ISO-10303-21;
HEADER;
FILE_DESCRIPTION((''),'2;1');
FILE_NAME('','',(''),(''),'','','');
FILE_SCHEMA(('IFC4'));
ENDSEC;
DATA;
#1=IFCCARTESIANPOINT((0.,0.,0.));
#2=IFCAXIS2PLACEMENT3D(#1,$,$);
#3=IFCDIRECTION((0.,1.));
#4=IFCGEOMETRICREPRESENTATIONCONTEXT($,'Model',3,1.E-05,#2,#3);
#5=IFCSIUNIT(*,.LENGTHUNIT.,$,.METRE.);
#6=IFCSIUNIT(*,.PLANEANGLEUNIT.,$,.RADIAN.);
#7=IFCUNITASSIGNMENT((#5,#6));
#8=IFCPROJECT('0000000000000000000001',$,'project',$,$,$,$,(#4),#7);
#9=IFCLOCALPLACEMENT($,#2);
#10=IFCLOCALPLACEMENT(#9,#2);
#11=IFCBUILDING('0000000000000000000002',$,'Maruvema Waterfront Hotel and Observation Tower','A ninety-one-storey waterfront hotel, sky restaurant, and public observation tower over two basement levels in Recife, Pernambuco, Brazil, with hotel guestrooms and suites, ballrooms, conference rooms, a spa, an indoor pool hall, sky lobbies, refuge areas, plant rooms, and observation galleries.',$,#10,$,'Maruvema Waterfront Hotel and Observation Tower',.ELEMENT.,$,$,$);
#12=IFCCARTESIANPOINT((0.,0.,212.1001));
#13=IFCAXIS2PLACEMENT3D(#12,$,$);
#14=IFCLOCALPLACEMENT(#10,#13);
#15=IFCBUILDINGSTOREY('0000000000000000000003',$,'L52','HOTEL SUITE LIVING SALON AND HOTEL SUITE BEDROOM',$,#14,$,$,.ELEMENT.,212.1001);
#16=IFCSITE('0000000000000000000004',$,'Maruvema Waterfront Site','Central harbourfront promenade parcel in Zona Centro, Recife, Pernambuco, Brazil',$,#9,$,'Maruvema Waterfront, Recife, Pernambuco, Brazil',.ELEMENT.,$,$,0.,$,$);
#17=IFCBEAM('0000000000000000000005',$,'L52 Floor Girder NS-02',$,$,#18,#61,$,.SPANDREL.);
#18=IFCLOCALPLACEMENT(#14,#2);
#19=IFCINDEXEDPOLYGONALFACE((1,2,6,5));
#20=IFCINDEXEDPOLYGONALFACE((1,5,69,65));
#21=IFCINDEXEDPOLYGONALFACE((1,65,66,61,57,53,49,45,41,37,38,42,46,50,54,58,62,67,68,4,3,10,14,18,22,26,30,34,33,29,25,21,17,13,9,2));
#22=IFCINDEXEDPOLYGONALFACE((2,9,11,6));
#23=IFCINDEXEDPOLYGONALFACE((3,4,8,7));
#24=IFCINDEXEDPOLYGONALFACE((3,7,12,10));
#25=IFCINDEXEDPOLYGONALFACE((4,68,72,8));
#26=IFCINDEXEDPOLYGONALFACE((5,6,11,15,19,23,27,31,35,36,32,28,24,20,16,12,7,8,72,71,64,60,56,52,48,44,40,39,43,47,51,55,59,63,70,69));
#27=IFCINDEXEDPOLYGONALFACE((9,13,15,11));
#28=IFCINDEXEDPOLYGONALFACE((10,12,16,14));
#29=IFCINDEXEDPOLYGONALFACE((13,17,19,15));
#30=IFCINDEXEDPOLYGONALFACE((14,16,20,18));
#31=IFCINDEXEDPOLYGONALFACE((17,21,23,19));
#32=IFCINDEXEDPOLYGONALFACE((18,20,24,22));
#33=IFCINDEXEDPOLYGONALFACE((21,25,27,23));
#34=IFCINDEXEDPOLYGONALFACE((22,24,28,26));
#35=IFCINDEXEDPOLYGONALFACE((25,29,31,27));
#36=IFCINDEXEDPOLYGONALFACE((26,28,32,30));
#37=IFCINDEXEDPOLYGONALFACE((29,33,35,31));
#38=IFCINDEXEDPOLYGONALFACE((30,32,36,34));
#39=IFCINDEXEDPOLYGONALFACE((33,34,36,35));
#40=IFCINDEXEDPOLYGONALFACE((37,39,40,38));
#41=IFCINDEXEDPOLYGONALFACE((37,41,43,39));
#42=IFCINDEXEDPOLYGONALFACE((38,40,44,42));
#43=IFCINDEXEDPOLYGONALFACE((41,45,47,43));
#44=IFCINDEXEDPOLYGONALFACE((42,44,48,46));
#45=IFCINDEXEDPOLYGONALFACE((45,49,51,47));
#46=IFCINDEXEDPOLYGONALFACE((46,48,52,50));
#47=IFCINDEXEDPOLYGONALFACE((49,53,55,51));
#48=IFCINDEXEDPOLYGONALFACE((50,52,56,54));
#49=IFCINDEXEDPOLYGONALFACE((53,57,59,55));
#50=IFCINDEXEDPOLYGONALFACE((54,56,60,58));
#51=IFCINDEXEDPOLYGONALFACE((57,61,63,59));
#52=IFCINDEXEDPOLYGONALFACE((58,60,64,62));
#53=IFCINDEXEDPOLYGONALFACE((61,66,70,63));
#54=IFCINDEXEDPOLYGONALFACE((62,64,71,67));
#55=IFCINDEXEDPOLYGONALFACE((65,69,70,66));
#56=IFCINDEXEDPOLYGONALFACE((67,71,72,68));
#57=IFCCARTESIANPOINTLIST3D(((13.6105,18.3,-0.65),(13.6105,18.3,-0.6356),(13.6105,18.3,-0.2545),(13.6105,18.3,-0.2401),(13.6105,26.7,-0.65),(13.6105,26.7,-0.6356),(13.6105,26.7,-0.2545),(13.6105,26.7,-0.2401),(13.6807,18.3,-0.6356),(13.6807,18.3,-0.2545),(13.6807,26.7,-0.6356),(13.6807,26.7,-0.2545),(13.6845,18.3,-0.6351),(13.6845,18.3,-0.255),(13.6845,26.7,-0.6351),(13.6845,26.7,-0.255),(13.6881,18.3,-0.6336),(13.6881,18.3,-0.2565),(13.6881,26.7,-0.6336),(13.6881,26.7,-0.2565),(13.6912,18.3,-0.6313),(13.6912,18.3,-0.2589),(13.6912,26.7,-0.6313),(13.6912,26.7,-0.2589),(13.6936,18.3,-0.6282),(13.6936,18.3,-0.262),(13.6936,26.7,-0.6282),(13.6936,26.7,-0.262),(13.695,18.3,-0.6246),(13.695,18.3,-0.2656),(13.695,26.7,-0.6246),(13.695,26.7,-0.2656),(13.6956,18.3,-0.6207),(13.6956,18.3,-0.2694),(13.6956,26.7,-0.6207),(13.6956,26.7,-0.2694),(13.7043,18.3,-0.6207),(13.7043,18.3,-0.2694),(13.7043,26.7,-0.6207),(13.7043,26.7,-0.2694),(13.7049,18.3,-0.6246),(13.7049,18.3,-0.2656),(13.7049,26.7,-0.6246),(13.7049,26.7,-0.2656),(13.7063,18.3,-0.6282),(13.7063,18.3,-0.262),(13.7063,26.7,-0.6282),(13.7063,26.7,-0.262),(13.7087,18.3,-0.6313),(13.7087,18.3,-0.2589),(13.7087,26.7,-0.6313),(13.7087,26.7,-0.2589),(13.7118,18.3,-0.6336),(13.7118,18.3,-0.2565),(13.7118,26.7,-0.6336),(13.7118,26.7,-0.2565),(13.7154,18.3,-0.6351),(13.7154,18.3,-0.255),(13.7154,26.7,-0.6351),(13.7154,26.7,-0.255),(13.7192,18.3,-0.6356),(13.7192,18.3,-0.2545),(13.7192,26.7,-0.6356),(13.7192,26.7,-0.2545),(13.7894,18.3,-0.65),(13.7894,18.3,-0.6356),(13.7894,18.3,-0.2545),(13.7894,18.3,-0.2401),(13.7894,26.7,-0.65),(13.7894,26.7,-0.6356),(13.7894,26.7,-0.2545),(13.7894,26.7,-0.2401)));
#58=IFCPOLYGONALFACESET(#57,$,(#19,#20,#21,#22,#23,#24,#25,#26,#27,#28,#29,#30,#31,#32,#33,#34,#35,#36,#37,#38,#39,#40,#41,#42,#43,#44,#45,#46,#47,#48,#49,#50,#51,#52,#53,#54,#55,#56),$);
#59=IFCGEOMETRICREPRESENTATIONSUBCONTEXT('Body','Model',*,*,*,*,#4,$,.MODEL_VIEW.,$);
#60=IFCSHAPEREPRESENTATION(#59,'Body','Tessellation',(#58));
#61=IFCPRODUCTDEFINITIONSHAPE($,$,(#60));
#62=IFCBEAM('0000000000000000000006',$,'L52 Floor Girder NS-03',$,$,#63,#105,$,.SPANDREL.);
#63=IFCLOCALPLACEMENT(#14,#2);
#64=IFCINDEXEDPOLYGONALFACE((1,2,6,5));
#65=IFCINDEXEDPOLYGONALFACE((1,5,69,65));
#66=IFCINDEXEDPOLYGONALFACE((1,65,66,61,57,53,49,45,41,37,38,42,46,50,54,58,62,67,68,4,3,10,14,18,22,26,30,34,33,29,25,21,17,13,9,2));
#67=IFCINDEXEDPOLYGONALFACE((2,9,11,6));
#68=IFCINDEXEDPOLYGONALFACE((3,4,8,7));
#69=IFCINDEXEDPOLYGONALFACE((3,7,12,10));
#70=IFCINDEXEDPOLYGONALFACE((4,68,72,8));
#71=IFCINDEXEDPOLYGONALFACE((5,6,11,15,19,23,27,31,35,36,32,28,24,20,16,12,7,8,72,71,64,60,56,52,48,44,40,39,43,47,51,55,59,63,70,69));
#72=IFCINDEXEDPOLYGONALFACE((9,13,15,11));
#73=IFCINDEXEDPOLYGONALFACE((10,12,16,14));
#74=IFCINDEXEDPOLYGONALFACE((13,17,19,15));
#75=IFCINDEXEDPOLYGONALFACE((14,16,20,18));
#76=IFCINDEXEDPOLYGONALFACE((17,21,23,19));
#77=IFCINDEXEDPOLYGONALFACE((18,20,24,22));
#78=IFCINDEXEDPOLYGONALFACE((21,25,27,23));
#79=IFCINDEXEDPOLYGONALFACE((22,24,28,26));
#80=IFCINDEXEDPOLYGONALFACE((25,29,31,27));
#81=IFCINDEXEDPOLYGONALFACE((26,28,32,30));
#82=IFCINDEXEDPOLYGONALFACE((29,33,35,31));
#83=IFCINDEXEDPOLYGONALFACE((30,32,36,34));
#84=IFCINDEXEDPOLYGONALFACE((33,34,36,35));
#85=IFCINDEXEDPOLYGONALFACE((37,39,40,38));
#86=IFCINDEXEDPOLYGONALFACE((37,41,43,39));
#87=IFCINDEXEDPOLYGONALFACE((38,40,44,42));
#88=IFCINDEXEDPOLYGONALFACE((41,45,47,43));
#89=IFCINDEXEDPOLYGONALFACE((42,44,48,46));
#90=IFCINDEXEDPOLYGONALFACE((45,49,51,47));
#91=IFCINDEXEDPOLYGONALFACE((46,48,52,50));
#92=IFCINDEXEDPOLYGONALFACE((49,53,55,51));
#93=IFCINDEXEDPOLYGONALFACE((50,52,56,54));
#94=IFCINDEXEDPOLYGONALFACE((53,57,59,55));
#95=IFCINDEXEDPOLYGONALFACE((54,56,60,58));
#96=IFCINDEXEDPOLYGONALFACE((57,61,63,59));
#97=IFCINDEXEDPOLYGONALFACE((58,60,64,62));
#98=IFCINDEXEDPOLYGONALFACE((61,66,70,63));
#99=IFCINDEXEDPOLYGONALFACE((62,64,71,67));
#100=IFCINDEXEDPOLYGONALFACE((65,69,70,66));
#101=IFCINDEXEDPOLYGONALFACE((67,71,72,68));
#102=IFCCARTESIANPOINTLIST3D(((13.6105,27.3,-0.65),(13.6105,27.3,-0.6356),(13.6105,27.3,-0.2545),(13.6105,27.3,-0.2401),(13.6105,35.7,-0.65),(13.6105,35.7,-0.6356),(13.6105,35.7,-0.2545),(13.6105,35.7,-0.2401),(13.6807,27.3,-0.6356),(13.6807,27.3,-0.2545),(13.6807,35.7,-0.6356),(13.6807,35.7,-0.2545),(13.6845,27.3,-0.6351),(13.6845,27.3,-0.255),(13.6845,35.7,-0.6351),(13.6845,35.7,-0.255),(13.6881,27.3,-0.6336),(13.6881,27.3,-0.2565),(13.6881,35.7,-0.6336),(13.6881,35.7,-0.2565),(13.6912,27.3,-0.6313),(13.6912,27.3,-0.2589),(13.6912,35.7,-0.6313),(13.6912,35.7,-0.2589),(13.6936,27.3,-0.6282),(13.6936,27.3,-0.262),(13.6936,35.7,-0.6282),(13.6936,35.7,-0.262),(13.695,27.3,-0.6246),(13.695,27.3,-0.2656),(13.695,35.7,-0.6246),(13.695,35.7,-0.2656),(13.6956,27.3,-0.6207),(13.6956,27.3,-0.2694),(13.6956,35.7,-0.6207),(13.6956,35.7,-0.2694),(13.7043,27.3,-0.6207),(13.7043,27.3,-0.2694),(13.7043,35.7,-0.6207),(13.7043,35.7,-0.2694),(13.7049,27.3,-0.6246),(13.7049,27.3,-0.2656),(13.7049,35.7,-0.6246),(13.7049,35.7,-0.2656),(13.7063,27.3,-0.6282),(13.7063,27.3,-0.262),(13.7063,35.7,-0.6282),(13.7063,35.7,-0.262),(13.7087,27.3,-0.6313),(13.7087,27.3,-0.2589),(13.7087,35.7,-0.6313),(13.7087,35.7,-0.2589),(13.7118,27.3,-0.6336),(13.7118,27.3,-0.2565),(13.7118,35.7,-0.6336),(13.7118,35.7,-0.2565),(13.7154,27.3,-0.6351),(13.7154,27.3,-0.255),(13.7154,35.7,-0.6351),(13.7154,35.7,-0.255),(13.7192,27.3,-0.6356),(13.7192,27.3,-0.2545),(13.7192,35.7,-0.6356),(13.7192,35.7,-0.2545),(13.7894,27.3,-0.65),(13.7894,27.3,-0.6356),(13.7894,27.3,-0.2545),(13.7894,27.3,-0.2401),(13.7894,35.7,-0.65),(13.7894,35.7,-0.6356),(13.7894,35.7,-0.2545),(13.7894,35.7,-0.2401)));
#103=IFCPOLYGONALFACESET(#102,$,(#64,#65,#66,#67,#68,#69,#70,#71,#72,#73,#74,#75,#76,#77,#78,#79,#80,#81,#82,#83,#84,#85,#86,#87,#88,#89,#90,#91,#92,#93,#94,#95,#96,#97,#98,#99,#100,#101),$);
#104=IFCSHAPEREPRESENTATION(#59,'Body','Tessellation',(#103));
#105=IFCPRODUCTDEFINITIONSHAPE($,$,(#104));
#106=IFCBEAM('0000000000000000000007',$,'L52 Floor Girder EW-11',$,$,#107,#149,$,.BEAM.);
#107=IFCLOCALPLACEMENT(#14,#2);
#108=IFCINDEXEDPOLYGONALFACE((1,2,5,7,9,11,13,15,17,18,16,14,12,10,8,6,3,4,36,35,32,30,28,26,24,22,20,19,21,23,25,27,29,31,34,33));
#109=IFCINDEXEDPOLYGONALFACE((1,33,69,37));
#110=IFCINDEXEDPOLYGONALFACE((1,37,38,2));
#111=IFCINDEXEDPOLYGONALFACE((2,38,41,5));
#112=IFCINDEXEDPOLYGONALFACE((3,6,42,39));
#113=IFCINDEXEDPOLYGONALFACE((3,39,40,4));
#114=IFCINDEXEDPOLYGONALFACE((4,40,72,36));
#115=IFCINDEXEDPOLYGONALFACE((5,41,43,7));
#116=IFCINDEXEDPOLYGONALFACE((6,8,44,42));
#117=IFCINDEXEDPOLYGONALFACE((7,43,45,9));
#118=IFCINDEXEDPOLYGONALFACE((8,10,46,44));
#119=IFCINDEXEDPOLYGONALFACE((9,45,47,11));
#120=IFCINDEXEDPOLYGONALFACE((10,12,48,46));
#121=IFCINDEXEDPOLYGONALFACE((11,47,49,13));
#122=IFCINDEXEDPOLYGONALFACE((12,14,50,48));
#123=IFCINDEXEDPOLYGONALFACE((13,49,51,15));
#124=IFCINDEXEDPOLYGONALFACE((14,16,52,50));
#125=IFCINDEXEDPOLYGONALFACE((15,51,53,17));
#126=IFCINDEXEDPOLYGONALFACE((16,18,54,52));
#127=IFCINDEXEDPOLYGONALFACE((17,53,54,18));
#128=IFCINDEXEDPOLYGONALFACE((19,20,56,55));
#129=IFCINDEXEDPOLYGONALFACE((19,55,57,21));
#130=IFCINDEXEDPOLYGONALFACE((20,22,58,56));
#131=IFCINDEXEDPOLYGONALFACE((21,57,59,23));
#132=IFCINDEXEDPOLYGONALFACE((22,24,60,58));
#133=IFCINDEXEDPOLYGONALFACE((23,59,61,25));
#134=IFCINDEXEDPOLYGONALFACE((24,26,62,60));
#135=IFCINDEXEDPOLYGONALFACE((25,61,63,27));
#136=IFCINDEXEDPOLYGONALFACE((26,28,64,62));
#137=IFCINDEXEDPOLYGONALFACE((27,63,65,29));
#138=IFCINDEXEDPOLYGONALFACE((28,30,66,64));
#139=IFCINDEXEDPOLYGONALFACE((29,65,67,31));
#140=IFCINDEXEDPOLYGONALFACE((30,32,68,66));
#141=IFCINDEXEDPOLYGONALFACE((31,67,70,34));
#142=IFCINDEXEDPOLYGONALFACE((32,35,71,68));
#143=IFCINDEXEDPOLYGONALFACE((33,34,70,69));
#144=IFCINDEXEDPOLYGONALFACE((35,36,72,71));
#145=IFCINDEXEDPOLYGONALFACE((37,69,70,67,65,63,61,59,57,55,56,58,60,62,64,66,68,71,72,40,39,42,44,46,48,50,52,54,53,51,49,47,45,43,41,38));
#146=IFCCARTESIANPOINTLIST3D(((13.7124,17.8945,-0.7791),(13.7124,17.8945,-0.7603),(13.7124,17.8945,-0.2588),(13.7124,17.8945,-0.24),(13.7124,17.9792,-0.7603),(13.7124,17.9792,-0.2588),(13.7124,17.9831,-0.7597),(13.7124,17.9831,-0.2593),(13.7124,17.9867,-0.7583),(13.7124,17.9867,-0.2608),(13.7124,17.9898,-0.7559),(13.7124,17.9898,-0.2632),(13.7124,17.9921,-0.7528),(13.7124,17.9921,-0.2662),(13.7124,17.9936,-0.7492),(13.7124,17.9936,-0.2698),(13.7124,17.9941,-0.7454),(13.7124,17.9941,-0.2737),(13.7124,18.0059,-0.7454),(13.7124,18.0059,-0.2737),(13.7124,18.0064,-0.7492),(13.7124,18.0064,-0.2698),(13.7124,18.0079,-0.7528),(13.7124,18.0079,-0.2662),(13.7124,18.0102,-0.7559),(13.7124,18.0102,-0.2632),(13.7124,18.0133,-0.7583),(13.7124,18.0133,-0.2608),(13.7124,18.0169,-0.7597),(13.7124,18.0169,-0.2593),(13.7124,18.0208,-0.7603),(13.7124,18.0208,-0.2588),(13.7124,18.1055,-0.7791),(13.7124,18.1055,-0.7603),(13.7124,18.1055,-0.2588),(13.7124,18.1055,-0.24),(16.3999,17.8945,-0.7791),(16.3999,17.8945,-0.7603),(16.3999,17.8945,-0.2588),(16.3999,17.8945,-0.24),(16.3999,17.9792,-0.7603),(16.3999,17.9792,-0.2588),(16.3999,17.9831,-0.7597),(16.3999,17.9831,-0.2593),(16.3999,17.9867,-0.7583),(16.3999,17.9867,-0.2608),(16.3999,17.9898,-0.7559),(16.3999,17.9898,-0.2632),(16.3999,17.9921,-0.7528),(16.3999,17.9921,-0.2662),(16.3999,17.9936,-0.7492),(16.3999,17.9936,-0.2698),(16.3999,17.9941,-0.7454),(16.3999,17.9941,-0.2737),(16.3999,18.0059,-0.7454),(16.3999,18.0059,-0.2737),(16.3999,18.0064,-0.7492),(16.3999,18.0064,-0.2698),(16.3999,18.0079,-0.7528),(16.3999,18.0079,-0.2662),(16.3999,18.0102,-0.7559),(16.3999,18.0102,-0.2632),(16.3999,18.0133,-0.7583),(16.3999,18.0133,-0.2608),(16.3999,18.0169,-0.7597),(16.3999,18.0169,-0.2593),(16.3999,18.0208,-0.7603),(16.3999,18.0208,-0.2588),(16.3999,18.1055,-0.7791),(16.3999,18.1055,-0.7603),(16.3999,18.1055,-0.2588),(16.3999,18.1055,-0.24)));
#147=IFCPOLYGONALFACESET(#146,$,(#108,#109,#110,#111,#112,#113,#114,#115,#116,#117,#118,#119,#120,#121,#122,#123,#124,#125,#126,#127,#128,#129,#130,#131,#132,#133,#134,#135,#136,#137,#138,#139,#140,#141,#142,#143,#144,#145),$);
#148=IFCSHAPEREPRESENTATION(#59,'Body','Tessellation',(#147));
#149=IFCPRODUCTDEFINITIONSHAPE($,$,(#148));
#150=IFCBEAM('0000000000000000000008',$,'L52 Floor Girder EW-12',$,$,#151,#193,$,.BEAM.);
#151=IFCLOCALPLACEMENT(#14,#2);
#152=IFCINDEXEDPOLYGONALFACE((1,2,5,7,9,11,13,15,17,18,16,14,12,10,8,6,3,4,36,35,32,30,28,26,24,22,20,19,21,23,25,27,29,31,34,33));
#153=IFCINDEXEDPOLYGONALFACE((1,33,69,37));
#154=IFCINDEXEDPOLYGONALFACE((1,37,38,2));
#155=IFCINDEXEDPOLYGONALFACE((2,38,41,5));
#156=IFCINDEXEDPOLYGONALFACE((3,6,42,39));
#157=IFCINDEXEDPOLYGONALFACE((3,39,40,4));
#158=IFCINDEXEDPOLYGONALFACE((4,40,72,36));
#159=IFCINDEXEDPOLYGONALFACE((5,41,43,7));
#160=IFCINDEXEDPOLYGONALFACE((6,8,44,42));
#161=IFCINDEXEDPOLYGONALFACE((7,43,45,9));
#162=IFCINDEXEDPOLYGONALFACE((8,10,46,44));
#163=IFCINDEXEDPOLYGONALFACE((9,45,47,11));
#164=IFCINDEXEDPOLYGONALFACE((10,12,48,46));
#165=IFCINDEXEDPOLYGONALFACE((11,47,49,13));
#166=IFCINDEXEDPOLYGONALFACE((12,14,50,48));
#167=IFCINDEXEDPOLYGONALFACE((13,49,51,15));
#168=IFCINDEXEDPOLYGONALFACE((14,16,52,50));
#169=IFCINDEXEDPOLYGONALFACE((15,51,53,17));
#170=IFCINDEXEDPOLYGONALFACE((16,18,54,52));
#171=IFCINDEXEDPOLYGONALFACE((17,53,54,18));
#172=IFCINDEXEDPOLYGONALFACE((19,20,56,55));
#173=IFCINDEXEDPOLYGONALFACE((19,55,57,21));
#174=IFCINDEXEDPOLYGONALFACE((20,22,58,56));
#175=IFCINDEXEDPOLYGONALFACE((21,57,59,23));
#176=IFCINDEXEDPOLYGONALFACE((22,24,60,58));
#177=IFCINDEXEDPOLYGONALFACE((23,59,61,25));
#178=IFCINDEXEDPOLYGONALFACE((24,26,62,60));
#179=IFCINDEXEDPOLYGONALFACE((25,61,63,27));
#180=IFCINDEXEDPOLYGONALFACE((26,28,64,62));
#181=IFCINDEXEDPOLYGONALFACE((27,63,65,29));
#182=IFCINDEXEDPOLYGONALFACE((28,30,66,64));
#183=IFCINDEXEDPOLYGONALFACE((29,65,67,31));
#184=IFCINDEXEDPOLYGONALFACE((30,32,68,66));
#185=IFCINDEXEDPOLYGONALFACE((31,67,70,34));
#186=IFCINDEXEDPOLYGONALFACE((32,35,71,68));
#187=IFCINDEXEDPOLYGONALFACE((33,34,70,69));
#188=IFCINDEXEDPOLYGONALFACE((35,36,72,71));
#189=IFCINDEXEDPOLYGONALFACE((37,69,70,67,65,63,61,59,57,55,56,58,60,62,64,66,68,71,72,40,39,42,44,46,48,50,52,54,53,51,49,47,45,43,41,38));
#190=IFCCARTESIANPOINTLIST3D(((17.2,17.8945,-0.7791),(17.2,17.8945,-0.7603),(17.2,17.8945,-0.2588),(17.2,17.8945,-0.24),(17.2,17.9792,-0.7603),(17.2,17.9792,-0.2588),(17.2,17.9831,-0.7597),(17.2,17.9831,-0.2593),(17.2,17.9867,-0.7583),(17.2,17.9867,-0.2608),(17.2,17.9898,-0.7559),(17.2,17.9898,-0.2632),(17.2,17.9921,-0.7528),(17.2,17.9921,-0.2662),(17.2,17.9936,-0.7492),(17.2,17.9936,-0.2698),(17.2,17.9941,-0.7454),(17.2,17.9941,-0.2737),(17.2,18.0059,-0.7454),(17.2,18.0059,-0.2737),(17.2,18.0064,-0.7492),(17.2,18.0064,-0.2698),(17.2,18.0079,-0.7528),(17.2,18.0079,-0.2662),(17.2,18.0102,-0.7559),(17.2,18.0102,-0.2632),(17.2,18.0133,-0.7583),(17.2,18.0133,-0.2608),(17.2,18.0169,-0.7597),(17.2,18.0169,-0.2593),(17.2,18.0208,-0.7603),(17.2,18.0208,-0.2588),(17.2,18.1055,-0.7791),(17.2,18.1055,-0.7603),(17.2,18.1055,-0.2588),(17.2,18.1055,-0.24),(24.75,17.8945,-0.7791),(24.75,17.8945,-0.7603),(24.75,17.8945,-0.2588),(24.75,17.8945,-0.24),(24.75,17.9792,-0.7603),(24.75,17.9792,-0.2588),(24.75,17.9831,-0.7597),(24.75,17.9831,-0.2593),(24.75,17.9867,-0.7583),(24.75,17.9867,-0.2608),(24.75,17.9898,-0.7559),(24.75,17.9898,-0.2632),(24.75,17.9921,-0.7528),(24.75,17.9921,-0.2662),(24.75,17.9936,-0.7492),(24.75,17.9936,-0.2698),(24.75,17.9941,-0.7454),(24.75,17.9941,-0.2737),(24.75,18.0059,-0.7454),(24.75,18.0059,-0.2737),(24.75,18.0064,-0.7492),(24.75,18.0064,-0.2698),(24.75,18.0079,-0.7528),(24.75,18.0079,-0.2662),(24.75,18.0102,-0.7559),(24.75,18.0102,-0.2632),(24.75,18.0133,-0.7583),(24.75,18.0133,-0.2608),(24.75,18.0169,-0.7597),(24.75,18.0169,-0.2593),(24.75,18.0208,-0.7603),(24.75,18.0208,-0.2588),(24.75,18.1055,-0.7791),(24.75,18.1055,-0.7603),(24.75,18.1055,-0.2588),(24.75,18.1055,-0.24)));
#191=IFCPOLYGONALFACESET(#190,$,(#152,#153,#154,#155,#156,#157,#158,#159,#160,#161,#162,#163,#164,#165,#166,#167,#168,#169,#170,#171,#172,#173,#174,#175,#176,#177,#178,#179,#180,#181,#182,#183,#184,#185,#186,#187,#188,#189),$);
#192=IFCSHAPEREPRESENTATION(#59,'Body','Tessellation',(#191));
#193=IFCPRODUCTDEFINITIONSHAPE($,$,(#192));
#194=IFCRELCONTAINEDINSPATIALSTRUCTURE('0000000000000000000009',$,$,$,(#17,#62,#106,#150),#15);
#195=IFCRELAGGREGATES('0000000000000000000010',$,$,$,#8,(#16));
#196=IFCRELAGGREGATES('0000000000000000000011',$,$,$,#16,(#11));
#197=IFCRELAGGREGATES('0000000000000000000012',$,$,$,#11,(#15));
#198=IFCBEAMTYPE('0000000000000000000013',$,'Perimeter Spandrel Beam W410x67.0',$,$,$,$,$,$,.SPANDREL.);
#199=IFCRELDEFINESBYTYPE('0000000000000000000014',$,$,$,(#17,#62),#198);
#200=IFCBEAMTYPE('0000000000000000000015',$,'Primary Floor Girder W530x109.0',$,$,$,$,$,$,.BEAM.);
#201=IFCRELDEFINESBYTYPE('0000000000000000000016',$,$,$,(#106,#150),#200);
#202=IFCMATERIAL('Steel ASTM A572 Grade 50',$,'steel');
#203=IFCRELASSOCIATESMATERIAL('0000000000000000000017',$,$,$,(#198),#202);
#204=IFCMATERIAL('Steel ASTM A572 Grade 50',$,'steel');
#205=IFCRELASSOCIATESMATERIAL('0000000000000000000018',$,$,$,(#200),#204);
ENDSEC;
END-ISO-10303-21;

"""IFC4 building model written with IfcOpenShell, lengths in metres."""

from ifc_helpers import new_model, si_unit, direction, frame, origin, origin_2d, place, context, subcontext, project, spatial, i_section, extrude, material, material_profile, profile_set, type_object, element, save


model = new_model("IFC4")

# Units and contexts
model_context = context("Model", 3, precision=1e-05, world=origin(), true_north=direction((0.0, 1.0)))
body_context = subcontext(model_context, "Body", "Model", "MODEL_VIEW")
ifc_project = project(units=[si_unit("LENGTHUNIT", "METRE"), si_unit("PLANEANGLEUNIT", "RADIAN")], contexts=[model_context])

# Site, building, storey
site_placement = place(None, origin())
site = spatial("IfcSite", under=ifc_project, at=site_placement, Name="Maruvema Waterfront Site", Description="Central harbourfront promenade parcel in Zona Centro, Recife, Pernambuco, Brazil", LongName="Maruvema Waterfront, Recife, Pernambuco, Brazil", CompositionType="ELEMENT", RefElevation=0.0)
building_placement = place(site_placement, origin())
building = spatial("IfcBuilding", under=site, at=building_placement, Name="Maruvema Waterfront Hotel and Observation Tower", Description="A ninety-one-storey waterfront hotel, sky restaurant, and public observation tower over two basement levels in Recife, Pernambuco, Brazil, with hotel guestrooms and suites, ballrooms, conference rooms, a spa, an indoor pool hall, sky lobbies, refuge areas, plant rooms, and observation galleries.", LongName="Maruvema Waterfront Hotel and Observation Tower", CompositionType="ELEMENT")
storey_placement = place(building_placement, frame((0.0, 0.0, 212.1001)))
storey = spatial("IfcBuildingStorey", under=building, at=storey_placement, Name="L52", Description="HOTEL SUITE LIVING SALON AND HOTEL SUITE BEDROOM", CompositionType="ELEMENT", Elevation=212.1001)

# Beams
ifc_material_1 = material(Name="Steel ASTM A572 Grade 50", Category="steel")
ifc_material_profile_1 = material_profile(ifc_material_1, i_section(OverallWidth=0.179, OverallDepth=0.4099, WebThickness=0.0088, FlangeThickness=0.0144, FilletRadius=0.0149, at=origin_2d()), Name="W410x67.0")
ifc_profile_set_1 = profile_set([ifc_material_profile_1], Name="Steel ASTM A572 Grade 50")
beam_type_1 = type_object("IfcBeamType", Name="Perimeter Spandrel Beam W410x67.0", PredefinedType="SPANDREL", material=ifc_profile_set_1)
for number, where, z_axis, x_axis, name in (
    (1, (13.7, 18.3, -0.4451), (0.0, 1.0, 0.0), (-1.0, 0.0, 0.0), "L52 Floor Girder NS-02"),
    (2, (13.7, 27.3, -0.4451), (0.0, 1.0, 0.0), (-1.0, 0.0, 0.0), "L52 Floor Girder NS-03"),
):
    element("IfcBeam", number, at=place(storey_placement, frame(where, z_axis=z_axis, x_axis=x_axis)), inside=storey, type_object=beam_type_1, Name=name, PredefinedType="SPANDREL", context=body_context, shape_type="SweptSolid", body=[
        extrude(i_section(OverallWidth=0.179, OverallDepth=0.4099, WebThickness=0.0088, FlangeThickness=0.0144, FilletRadius=0.0149, at=origin_2d()), origin(), (0.0, 0.0, 1.0), 8.3999),
    ])
ifc_material_2 = material(Name="Steel ASTM A572 Grade 50", Category="steel")
ifc_material_profile_2 = material_profile(ifc_material_2, i_section(OverallWidth=0.2109, OverallDepth=0.5391, WebThickness=0.0117, FlangeThickness=0.0188, FilletRadius=0.0149, at=origin_2d()), Name="W530x109.0")
ifc_profile_set_2 = profile_set([ifc_material_profile_2], Name="Steel ASTM A572 Grade 50")
beam_type_2 = type_object("IfcBeamType", Name="Primary Floor Girder W530x109.0", PredefinedType="BEAM", material=ifc_profile_set_2)
beam_1_placement = place(storey_placement, frame((13.7124, 18.0, -0.5095), z_axis=(1.0, 0.0, 0.0), x_axis=(0.0, 1.0, 0.0)))
element("IfcBeam", 3, at=beam_1_placement, inside=storey, type_object=beam_type_2, Name="L52 Floor Girder EW-11", PredefinedType="BEAM", context=body_context, shape_type="SweptSolid", body=[
    extrude(i_section(OverallWidth=0.2109, OverallDepth=0.5391, WebThickness=0.0117, FlangeThickness=0.0188, FilletRadius=0.0149, at=origin_2d()), origin(), (0.0, 0.0, 1.0), 2.6875),
])
beam_2_placement = place(storey_placement, frame((17.2, 18.0, -0.5095), z_axis=(1.0, 0.0, 0.0), x_axis=(0.0, 1.0, 0.0)))
element("IfcBeam", 4, at=beam_2_placement, inside=storey, type_object=beam_type_2, Name="L52 Floor Girder EW-12", PredefinedType="BEAM", context=body_context, shape_type="SweptSolid", body=[
    extrude(i_section(OverallWidth=0.2109, OverallDepth=0.5391, WebThickness=0.0117, FlangeThickness=0.0188, FilletRadius=0.0149, at=origin_2d()), origin(), (0.0, 0.0, 1.0), 7.55),
])

save(model, "model.ifc")
